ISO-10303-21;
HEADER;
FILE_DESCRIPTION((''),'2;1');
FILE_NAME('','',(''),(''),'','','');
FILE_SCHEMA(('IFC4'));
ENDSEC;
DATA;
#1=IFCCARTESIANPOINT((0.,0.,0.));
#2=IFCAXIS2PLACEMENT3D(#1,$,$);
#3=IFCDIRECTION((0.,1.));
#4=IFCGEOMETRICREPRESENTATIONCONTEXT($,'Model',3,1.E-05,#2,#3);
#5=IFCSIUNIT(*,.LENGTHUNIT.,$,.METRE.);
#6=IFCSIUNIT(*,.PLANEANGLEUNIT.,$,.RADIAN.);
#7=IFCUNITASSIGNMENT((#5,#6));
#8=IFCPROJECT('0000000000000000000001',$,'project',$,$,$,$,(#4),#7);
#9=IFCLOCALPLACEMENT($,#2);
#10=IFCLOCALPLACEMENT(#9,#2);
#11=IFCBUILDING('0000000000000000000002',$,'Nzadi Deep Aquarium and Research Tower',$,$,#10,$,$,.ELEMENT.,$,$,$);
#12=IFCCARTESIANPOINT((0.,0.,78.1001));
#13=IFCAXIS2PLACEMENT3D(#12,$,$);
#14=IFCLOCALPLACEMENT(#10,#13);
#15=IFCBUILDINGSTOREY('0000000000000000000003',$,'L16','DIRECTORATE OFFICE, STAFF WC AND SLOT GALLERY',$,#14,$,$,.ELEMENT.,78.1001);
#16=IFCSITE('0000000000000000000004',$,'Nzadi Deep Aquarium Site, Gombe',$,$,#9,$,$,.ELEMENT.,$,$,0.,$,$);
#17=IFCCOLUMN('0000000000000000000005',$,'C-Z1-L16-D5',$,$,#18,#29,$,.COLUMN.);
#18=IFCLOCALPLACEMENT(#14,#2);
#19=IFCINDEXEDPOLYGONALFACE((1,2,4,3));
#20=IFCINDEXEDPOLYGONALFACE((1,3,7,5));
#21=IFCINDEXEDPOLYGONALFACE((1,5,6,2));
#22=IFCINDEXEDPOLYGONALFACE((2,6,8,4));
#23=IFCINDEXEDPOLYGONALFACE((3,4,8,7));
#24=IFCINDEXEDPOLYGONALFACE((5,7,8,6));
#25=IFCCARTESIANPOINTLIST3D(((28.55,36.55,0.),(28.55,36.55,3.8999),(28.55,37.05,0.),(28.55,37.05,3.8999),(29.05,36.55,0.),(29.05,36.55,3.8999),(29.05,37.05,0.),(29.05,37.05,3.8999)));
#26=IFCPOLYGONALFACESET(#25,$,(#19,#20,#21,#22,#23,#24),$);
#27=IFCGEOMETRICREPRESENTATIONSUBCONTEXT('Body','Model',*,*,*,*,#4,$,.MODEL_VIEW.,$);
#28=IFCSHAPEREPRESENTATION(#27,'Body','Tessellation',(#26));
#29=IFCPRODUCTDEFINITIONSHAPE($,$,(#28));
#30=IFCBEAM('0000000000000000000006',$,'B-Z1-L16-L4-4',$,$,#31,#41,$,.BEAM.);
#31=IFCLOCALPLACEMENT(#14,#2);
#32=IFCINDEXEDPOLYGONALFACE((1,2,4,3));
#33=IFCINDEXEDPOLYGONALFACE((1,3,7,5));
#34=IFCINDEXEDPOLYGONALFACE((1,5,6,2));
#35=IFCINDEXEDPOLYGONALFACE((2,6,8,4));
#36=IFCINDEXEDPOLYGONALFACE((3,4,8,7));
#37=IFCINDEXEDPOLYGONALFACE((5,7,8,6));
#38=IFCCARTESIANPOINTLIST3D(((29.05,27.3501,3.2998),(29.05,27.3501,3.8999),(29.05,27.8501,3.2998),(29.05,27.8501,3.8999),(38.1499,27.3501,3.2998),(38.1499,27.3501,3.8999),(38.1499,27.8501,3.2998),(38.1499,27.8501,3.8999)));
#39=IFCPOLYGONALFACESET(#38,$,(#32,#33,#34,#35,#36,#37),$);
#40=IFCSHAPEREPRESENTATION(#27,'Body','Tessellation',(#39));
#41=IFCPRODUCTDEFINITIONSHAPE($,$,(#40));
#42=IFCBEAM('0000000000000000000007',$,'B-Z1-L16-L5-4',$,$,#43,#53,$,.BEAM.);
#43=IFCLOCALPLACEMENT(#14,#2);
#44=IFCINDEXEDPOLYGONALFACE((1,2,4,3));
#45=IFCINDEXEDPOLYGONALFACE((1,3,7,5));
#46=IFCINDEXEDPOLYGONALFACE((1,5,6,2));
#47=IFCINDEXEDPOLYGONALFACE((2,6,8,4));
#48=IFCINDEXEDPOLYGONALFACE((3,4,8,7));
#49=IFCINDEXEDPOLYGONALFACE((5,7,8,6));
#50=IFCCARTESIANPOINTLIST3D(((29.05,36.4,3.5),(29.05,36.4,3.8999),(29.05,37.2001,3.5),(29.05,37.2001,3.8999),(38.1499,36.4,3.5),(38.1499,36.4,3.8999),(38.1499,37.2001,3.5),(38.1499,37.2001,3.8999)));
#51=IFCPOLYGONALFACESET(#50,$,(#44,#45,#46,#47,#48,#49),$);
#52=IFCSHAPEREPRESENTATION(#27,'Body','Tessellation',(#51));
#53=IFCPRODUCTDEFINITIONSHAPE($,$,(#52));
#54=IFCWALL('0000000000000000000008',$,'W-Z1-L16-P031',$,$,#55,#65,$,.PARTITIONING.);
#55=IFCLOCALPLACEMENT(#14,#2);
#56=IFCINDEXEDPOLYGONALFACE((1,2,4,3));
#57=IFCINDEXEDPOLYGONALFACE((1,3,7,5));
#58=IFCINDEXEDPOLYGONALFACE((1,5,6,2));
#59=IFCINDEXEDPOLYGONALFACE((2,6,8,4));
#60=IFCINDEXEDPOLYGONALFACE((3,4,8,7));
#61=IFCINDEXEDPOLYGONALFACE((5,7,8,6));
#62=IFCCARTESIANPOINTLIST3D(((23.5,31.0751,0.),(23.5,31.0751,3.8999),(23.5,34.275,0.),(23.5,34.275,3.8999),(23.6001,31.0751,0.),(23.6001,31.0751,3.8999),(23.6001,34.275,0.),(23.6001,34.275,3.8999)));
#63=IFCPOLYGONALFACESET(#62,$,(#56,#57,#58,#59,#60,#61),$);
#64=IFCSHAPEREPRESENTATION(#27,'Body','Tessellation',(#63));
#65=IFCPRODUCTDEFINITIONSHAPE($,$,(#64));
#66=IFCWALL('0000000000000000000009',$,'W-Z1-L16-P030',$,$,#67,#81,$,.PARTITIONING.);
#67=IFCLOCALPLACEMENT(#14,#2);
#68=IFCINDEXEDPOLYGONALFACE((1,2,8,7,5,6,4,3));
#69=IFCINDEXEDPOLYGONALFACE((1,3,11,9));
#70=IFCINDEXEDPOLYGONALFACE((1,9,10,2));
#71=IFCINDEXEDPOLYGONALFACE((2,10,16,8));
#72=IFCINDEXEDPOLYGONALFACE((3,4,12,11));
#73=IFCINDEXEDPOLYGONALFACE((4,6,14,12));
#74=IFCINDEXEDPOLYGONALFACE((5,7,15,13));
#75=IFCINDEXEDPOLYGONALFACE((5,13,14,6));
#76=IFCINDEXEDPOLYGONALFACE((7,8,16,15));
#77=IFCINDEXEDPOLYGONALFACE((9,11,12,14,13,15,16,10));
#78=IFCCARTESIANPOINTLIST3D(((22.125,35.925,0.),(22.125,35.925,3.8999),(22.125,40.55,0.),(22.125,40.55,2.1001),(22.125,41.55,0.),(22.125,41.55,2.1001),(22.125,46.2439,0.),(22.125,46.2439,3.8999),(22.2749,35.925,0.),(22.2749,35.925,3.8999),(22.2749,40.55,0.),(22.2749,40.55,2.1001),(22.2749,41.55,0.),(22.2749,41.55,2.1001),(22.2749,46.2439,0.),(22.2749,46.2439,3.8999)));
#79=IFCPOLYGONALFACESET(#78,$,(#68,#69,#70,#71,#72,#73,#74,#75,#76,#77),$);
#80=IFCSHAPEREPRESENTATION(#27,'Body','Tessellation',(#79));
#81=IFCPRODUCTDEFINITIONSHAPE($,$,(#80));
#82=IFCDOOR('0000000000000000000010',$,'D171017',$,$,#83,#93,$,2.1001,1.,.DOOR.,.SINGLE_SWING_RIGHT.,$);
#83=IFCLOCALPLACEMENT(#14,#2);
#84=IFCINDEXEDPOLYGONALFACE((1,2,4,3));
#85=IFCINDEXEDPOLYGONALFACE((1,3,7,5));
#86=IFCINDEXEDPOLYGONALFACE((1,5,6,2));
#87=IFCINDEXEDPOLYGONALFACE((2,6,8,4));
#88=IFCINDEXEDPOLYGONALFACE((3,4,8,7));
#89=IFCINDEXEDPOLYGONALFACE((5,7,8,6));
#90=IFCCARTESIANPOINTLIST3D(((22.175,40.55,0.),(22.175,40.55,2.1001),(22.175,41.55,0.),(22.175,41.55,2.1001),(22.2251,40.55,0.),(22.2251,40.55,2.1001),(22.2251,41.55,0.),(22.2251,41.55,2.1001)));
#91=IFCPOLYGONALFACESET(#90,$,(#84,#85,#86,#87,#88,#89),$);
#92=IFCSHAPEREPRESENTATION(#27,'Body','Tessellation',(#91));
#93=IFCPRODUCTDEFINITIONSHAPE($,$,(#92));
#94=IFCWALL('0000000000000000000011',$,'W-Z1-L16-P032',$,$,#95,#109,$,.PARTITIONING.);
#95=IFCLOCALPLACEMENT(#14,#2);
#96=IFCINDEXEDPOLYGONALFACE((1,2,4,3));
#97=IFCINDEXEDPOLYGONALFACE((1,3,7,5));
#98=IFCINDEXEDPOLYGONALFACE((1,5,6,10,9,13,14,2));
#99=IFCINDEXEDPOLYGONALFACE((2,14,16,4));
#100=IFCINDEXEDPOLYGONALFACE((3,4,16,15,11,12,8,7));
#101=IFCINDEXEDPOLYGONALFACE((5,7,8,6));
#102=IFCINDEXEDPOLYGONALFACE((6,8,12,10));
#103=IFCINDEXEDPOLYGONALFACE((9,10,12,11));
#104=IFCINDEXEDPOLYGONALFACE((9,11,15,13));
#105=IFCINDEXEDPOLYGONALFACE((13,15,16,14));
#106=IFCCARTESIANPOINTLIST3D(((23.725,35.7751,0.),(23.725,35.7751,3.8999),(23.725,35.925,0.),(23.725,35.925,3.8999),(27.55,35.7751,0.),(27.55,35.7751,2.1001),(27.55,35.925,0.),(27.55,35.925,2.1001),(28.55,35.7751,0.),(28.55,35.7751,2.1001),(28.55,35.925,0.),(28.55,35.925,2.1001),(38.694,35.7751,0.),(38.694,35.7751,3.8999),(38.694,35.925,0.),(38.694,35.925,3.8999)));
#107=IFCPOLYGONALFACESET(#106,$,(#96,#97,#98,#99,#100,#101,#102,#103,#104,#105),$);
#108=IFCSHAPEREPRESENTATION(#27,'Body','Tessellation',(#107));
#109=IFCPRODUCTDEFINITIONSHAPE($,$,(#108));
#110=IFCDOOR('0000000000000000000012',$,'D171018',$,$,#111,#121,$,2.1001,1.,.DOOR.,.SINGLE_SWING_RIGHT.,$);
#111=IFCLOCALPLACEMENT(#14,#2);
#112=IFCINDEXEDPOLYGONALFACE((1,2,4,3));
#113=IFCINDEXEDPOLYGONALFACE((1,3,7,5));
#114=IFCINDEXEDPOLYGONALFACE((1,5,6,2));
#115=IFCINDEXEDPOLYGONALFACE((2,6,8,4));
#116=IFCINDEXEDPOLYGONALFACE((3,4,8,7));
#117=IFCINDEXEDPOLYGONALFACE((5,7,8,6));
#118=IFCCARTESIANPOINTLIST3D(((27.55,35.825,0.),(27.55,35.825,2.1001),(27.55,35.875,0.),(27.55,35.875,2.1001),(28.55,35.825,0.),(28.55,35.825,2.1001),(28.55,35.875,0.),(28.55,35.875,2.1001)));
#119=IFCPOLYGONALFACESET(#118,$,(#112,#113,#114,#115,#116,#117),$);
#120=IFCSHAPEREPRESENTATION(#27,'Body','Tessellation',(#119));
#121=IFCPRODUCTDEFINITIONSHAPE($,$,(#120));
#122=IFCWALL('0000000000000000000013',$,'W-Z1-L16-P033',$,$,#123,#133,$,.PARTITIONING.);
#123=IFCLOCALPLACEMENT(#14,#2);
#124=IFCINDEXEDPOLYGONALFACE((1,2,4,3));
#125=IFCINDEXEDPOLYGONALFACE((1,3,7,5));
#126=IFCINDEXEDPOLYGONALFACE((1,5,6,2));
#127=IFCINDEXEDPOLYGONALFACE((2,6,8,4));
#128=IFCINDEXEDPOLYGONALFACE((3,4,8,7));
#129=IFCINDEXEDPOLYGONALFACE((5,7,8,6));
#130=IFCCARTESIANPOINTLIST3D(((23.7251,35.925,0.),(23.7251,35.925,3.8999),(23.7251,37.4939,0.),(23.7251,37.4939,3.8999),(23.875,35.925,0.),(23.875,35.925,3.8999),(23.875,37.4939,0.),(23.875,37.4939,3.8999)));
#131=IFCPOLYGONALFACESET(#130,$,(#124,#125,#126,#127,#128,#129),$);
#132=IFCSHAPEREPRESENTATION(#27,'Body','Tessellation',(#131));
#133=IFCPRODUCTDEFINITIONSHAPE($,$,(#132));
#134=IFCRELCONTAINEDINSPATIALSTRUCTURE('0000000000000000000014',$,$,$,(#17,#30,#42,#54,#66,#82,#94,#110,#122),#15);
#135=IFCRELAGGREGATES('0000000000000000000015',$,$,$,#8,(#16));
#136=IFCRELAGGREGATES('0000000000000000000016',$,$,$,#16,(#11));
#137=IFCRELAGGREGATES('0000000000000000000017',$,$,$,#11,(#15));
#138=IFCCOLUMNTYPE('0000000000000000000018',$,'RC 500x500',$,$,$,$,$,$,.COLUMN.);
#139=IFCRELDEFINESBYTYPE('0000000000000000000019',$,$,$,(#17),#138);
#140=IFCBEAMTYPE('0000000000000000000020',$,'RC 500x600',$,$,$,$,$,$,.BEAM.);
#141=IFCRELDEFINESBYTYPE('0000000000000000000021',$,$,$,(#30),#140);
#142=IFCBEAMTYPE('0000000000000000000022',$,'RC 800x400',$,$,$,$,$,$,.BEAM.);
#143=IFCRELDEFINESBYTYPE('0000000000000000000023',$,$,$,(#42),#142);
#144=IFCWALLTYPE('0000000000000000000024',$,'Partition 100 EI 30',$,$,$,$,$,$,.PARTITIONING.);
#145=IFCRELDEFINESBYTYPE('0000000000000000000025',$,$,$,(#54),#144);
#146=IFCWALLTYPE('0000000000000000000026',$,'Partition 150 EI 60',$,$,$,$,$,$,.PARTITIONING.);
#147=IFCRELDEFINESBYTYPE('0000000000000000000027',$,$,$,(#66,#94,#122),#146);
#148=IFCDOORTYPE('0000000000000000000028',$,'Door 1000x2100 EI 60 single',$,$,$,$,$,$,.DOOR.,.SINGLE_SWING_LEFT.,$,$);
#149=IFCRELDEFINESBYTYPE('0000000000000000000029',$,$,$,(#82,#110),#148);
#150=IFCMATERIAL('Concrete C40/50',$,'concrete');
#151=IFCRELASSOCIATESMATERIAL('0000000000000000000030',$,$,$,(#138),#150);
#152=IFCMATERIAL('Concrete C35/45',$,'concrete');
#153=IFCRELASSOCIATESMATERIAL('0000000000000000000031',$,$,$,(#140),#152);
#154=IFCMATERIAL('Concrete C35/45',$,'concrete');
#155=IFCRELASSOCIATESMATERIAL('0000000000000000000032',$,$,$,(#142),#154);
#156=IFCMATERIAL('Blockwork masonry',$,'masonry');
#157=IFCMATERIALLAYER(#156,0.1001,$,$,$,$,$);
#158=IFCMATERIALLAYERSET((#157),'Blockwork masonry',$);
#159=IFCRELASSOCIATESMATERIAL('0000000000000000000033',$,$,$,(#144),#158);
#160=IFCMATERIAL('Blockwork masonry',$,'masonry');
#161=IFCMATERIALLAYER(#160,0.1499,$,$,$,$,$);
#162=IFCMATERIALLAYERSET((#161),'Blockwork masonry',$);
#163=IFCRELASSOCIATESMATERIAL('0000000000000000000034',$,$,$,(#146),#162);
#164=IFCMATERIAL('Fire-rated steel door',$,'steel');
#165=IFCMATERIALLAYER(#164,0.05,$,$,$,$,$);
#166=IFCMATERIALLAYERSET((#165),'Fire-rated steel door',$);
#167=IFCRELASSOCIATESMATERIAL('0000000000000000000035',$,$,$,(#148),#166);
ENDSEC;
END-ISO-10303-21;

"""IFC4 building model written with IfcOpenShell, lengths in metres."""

from ifc_helpers import new_model, si_unit, direction, frame, frame_2d, origin, origin_2d, place, context, subcontext, project, spatial, rectangle, extrude, material, layer, layer_set, material_profile, profile_set, type_object, element, fill, save


model = new_model("IFC4")

# Units and contexts
model_context = context("Model", 3, precision=1e-05, world=origin(), true_north=direction((0.0, 1.0)))
body_context = subcontext(model_context, "Body", "Model", "MODEL_VIEW")
ifc_project = project(units=[si_unit("LENGTHUNIT", "METRE"), si_unit("PLANEANGLEUNIT", "RADIAN")], contexts=[model_context])

# Site, building, storey
site_placement = place(None, origin())
site = spatial("IfcSite", under=ifc_project, at=site_placement, Name="Nzadi Deep Aquarium Site, Gombe", CompositionType="ELEMENT", RefElevation=0.0)
building_placement = place(site_placement, origin())
building = spatial("IfcBuilding", under=site, at=building_placement, Name="Nzadi Deep Aquarium and Research Tower", CompositionType="ELEMENT")
storey_placement = place(building_placement, frame((0.0, 0.0, 78.1001)))
storey = spatial("IfcBuildingStorey", under=building, at=storey_placement, Name="L16", Description="DIRECTORATE OFFICE, STAFF WC AND SLOT GALLERY", CompositionType="ELEMENT", Elevation=78.1001)

# Column
ifc_material_1 = material(Name="Concrete C40/50", Category="concrete")
ifc_material_profile_1 = material_profile(ifc_material_1, rectangle(XDim=0.5, YDim=0.5, at=origin_2d()))
ifc_profile_set_1 = profile_set([ifc_material_profile_1], Name="Concrete C40/50")
column_type = type_object("IfcColumnType", Name="RC 500x500", PredefinedType="COLUMN", material=ifc_profile_set_1)
column_placement = place(storey_placement, frame((28.8, 36.8, 0.0), z_axis=(0.0, 0.0, 1.0), x_axis=(1.0, 0.0, 0.0)))
element("IfcColumn", 1, at=column_placement, inside=storey, type_object=column_type, Name="C-Z1-L16-D5", PredefinedType="COLUMN", context=body_context, shape_type="SweptSolid", body=[
    extrude(rectangle(XDim=0.5, YDim=0.5, at=origin_2d()), origin(), (0.0, 0.0, 1.0), 3.8999),
])

# Beams
ifc_material_2 = material(Name="Concrete C35/45", Category="concrete")
ifc_material_profile_2 = material_profile(ifc_material_2, rectangle(XDim=0.5, YDim=0.6001, at=origin_2d()))
ifc_profile_set_2 = profile_set([ifc_material_profile_2], Name="Concrete C35/45")
beam_type_1 = type_object("IfcBeamType", Name="RC 500x600", PredefinedType="BEAM", material=ifc_profile_set_2)
beam_1_placement = place(storey_placement, frame((29.05, 27.6001, 3.5999), z_axis=(1.0, 0.0, 0.0), x_axis=(0.0, 1.0, 0.0)))
element("IfcBeam", 2, at=beam_1_placement, inside=storey, type_object=beam_type_1, Name="B-Z1-L16-L4-4", PredefinedType="BEAM", context=body_context, shape_type="SweptSolid", body=[
    extrude(rectangle(XDim=0.5, YDim=0.6001, at=origin_2d()), origin(), (0.0, 0.0, 1.0), 9.0999),
])
ifc_material_3 = material(Name="Concrete C35/45", Category="concrete")
ifc_material_profile_3 = material_profile(ifc_material_3, rectangle(XDim=0.8, YDim=0.3999, at=origin_2d()))
ifc_profile_set_3 = profile_set([ifc_material_profile_3], Name="Concrete C35/45")
beam_type_2 = type_object("IfcBeamType", Name="RC 800x400", PredefinedType="BEAM", material=ifc_profile_set_3)
beam_2_placement = place(storey_placement, frame((29.05, 36.8, 3.7), z_axis=(1.0, 0.0, 0.0), x_axis=(0.0, 1.0, 0.0)))
element("IfcBeam", 3, at=beam_2_placement, inside=storey, type_object=beam_type_2, Name="B-Z1-L16-L5-4", PredefinedType="BEAM", context=body_context, shape_type="SweptSolid", body=[
    extrude(rectangle(XDim=0.8, YDim=0.3999, at=origin_2d()), origin(), (0.0, 0.0, 1.0), 9.0999),
])

# Wall
ifc_material_4 = material(Name="Blockwork masonry", Category="masonry")
ifc_layer_1 = layer(ifc_material_4, 0.1001)
ifc_layer_set_1 = layer_set([ifc_layer_1], Name="Blockwork masonry")
wall_type_1 = type_object("IfcWallType", Name="Partition 100 EI 30", PredefinedType="PARTITIONING", material=ifc_layer_set_1)
wall_1_placement = place(storey_placement, frame((23.55, 31.075, 0.0), z_axis=(0.0, 0.0, 1.0), x_axis=(0.0, 1.0, 0.0)))
element("IfcWall", 4, at=wall_1_placement, inside=storey, type_object=wall_type_1, Name="W-Z1-L16-P031", PredefinedType="PARTITIONING", context=body_context, shape_type="SweptSolid", body=[
    extrude(rectangle(XDim=3.2, YDim=0.1001, at=frame_2d((1.6001, 0.0))), origin(), (0.0, 0.0, 1.0), 3.8999),
])

# Walls, openings, doors
ifc_material_5 = material(Name="Blockwork masonry", Category="masonry")
ifc_layer_2 = layer(ifc_material_5, 0.1499)
ifc_layer_set_2 = layer_set([ifc_layer_2], Name="Blockwork masonry")
wall_type_2 = type_object("IfcWallType", Name="Partition 150 EI 60", PredefinedType="PARTITIONING", material=ifc_layer_set_2)
wall_2_placement = place(storey_placement, frame((22.2, 35.925, 0.0), z_axis=(0.0, 0.0, 1.0), x_axis=(0.0, 1.0, 0.0)))
wall_2 = element("IfcWall", 5, at=wall_2_placement, inside=storey, type_object=wall_type_2, Name="W-Z1-L16-P030", PredefinedType="PARTITIONING", context=body_context, shape_type="SweptSolid", body=[
    extrude(rectangle(XDim=10.3188, YDim=0.1499, at=frame_2d((5.1594, 0.0))), origin(), (0.0, 0.0, 1.0), 3.8999),
])
opening_1_placement = place(wall_2_placement, frame((4.625, 0.0, 0.0)))
opening_1 = element("IfcOpeningElement", 6, at=opening_1_placement, cuts=wall_2, PredefinedType="OPENING", context=body_context, shape_type="SweptSolid", body=[
    extrude(rectangle(XDim=1.0, YDim=2.1001, at=frame_2d((0.5, 1.05))), frame((0.0, 0.085, 0.0), z_axis=(0.0, -1.0, 0.0), x_axis=(1.0, 0.0, 0.0)), (0.0, 0.0, 1.0), 0.1699),
])
ifc_material_6 = material(Name="Fire-rated steel door", Category="steel")
ifc_layer_3 = layer(ifc_material_6, 0.05)
ifc_layer_set_3 = layer_set([ifc_layer_3], Name="Fire-rated steel door")
door_type_1 = type_object("IfcDoorType", Name="Door 1000x2100 EI 60 single", OperationType="SINGLE_SWING_LEFT", PredefinedType="DOOR", material=ifc_layer_set_3)
door_1_placement = place(opening_1_placement, origin())
door_1 = element("IfcDoor", 7, at=door_1_placement, inside=storey, type_object=door_type_1, Name="D171017", OperationType="SINGLE_SWING_RIGHT", OverallHeight=2.1001, OverallWidth=1.0, PredefinedType="DOOR", context=body_context, shape_type="SweptSolid", body=[
    extrude(rectangle(XDim=1.0, YDim=2.1001, at=frame_2d((0.5, 1.05))), frame((0.0, 0.0249, 0.0), z_axis=(0.0, -1.0, 0.0), x_axis=(1.0, 0.0, 0.0)), (0.0, 0.0, 1.0), 0.05),
])
fill(opening_1, door_1)
wall_3_placement = place(storey_placement, frame((23.7251, 35.8501, 0.0), z_axis=(0.0, 0.0, 1.0), x_axis=(1.0, 0.0, 0.0)))
wall_3 = element("IfcWall", 8, at=wall_3_placement, inside=storey, type_object=wall_type_2, Name="W-Z1-L16-P032", PredefinedType="PARTITIONING", context=body_context, shape_type="SweptSolid", body=[
    extrude(rectangle(XDim=14.969, YDim=0.1499, at=frame_2d((7.4844, 0.0))), origin(), (0.0, 0.0, 1.0), 3.8999),
])
opening_2_placement = place(wall_3_placement, frame((3.825, 0.0, 0.0)))
opening_2 = element("IfcOpeningElement", 9, at=opening_2_placement, cuts=wall_3, PredefinedType="OPENING", context=body_context, shape_type="SweptSolid", body=[
    extrude(rectangle(XDim=1.0, YDim=2.1001, at=frame_2d((0.5, 1.05))), frame((0.0, 0.085, 0.0), z_axis=(0.0, -1.0, 0.0), x_axis=(1.0, 0.0, 0.0)), (0.0, 0.0, 1.0), 0.1699),
])
door_2_placement = place(opening_2_placement, origin())
door_2 = element("IfcDoor", 10, at=door_2_placement, inside=storey, type_object=door_type_1, Name="D171018", OperationType="SINGLE_SWING_RIGHT", OverallHeight=2.1001, OverallWidth=1.0, PredefinedType="DOOR", context=body_context, shape_type="SweptSolid", body=[
    extrude(rectangle(XDim=1.0, YDim=2.1001, at=frame_2d((0.5, 1.05))), frame((0.0, 0.0249, 0.0), z_axis=(0.0, -1.0, 0.0), x_axis=(1.0, 0.0, 0.0)), (0.0, 0.0, 1.0), 0.05),
])
fill(opening_2, door_2)

# Wall
wall_4_placement = place(storey_placement, frame((23.8, 35.925, 0.0), z_axis=(0.0, 0.0, 1.0), x_axis=(0.0, 1.0, 0.0)))
element("IfcWall", 11, at=wall_4_placement, inside=storey, type_object=wall_type_2, Name="W-Z1-L16-P033", PredefinedType="PARTITIONING", context=body_context, shape_type="SweptSolid", body=[
    extrude(rectangle(XDim=1.5688, YDim=0.1499, at=frame_2d((0.7844, 0.0))), origin(), (0.0, 0.0, 1.0), 3.8999),
])

save(model, "model.ifc")
